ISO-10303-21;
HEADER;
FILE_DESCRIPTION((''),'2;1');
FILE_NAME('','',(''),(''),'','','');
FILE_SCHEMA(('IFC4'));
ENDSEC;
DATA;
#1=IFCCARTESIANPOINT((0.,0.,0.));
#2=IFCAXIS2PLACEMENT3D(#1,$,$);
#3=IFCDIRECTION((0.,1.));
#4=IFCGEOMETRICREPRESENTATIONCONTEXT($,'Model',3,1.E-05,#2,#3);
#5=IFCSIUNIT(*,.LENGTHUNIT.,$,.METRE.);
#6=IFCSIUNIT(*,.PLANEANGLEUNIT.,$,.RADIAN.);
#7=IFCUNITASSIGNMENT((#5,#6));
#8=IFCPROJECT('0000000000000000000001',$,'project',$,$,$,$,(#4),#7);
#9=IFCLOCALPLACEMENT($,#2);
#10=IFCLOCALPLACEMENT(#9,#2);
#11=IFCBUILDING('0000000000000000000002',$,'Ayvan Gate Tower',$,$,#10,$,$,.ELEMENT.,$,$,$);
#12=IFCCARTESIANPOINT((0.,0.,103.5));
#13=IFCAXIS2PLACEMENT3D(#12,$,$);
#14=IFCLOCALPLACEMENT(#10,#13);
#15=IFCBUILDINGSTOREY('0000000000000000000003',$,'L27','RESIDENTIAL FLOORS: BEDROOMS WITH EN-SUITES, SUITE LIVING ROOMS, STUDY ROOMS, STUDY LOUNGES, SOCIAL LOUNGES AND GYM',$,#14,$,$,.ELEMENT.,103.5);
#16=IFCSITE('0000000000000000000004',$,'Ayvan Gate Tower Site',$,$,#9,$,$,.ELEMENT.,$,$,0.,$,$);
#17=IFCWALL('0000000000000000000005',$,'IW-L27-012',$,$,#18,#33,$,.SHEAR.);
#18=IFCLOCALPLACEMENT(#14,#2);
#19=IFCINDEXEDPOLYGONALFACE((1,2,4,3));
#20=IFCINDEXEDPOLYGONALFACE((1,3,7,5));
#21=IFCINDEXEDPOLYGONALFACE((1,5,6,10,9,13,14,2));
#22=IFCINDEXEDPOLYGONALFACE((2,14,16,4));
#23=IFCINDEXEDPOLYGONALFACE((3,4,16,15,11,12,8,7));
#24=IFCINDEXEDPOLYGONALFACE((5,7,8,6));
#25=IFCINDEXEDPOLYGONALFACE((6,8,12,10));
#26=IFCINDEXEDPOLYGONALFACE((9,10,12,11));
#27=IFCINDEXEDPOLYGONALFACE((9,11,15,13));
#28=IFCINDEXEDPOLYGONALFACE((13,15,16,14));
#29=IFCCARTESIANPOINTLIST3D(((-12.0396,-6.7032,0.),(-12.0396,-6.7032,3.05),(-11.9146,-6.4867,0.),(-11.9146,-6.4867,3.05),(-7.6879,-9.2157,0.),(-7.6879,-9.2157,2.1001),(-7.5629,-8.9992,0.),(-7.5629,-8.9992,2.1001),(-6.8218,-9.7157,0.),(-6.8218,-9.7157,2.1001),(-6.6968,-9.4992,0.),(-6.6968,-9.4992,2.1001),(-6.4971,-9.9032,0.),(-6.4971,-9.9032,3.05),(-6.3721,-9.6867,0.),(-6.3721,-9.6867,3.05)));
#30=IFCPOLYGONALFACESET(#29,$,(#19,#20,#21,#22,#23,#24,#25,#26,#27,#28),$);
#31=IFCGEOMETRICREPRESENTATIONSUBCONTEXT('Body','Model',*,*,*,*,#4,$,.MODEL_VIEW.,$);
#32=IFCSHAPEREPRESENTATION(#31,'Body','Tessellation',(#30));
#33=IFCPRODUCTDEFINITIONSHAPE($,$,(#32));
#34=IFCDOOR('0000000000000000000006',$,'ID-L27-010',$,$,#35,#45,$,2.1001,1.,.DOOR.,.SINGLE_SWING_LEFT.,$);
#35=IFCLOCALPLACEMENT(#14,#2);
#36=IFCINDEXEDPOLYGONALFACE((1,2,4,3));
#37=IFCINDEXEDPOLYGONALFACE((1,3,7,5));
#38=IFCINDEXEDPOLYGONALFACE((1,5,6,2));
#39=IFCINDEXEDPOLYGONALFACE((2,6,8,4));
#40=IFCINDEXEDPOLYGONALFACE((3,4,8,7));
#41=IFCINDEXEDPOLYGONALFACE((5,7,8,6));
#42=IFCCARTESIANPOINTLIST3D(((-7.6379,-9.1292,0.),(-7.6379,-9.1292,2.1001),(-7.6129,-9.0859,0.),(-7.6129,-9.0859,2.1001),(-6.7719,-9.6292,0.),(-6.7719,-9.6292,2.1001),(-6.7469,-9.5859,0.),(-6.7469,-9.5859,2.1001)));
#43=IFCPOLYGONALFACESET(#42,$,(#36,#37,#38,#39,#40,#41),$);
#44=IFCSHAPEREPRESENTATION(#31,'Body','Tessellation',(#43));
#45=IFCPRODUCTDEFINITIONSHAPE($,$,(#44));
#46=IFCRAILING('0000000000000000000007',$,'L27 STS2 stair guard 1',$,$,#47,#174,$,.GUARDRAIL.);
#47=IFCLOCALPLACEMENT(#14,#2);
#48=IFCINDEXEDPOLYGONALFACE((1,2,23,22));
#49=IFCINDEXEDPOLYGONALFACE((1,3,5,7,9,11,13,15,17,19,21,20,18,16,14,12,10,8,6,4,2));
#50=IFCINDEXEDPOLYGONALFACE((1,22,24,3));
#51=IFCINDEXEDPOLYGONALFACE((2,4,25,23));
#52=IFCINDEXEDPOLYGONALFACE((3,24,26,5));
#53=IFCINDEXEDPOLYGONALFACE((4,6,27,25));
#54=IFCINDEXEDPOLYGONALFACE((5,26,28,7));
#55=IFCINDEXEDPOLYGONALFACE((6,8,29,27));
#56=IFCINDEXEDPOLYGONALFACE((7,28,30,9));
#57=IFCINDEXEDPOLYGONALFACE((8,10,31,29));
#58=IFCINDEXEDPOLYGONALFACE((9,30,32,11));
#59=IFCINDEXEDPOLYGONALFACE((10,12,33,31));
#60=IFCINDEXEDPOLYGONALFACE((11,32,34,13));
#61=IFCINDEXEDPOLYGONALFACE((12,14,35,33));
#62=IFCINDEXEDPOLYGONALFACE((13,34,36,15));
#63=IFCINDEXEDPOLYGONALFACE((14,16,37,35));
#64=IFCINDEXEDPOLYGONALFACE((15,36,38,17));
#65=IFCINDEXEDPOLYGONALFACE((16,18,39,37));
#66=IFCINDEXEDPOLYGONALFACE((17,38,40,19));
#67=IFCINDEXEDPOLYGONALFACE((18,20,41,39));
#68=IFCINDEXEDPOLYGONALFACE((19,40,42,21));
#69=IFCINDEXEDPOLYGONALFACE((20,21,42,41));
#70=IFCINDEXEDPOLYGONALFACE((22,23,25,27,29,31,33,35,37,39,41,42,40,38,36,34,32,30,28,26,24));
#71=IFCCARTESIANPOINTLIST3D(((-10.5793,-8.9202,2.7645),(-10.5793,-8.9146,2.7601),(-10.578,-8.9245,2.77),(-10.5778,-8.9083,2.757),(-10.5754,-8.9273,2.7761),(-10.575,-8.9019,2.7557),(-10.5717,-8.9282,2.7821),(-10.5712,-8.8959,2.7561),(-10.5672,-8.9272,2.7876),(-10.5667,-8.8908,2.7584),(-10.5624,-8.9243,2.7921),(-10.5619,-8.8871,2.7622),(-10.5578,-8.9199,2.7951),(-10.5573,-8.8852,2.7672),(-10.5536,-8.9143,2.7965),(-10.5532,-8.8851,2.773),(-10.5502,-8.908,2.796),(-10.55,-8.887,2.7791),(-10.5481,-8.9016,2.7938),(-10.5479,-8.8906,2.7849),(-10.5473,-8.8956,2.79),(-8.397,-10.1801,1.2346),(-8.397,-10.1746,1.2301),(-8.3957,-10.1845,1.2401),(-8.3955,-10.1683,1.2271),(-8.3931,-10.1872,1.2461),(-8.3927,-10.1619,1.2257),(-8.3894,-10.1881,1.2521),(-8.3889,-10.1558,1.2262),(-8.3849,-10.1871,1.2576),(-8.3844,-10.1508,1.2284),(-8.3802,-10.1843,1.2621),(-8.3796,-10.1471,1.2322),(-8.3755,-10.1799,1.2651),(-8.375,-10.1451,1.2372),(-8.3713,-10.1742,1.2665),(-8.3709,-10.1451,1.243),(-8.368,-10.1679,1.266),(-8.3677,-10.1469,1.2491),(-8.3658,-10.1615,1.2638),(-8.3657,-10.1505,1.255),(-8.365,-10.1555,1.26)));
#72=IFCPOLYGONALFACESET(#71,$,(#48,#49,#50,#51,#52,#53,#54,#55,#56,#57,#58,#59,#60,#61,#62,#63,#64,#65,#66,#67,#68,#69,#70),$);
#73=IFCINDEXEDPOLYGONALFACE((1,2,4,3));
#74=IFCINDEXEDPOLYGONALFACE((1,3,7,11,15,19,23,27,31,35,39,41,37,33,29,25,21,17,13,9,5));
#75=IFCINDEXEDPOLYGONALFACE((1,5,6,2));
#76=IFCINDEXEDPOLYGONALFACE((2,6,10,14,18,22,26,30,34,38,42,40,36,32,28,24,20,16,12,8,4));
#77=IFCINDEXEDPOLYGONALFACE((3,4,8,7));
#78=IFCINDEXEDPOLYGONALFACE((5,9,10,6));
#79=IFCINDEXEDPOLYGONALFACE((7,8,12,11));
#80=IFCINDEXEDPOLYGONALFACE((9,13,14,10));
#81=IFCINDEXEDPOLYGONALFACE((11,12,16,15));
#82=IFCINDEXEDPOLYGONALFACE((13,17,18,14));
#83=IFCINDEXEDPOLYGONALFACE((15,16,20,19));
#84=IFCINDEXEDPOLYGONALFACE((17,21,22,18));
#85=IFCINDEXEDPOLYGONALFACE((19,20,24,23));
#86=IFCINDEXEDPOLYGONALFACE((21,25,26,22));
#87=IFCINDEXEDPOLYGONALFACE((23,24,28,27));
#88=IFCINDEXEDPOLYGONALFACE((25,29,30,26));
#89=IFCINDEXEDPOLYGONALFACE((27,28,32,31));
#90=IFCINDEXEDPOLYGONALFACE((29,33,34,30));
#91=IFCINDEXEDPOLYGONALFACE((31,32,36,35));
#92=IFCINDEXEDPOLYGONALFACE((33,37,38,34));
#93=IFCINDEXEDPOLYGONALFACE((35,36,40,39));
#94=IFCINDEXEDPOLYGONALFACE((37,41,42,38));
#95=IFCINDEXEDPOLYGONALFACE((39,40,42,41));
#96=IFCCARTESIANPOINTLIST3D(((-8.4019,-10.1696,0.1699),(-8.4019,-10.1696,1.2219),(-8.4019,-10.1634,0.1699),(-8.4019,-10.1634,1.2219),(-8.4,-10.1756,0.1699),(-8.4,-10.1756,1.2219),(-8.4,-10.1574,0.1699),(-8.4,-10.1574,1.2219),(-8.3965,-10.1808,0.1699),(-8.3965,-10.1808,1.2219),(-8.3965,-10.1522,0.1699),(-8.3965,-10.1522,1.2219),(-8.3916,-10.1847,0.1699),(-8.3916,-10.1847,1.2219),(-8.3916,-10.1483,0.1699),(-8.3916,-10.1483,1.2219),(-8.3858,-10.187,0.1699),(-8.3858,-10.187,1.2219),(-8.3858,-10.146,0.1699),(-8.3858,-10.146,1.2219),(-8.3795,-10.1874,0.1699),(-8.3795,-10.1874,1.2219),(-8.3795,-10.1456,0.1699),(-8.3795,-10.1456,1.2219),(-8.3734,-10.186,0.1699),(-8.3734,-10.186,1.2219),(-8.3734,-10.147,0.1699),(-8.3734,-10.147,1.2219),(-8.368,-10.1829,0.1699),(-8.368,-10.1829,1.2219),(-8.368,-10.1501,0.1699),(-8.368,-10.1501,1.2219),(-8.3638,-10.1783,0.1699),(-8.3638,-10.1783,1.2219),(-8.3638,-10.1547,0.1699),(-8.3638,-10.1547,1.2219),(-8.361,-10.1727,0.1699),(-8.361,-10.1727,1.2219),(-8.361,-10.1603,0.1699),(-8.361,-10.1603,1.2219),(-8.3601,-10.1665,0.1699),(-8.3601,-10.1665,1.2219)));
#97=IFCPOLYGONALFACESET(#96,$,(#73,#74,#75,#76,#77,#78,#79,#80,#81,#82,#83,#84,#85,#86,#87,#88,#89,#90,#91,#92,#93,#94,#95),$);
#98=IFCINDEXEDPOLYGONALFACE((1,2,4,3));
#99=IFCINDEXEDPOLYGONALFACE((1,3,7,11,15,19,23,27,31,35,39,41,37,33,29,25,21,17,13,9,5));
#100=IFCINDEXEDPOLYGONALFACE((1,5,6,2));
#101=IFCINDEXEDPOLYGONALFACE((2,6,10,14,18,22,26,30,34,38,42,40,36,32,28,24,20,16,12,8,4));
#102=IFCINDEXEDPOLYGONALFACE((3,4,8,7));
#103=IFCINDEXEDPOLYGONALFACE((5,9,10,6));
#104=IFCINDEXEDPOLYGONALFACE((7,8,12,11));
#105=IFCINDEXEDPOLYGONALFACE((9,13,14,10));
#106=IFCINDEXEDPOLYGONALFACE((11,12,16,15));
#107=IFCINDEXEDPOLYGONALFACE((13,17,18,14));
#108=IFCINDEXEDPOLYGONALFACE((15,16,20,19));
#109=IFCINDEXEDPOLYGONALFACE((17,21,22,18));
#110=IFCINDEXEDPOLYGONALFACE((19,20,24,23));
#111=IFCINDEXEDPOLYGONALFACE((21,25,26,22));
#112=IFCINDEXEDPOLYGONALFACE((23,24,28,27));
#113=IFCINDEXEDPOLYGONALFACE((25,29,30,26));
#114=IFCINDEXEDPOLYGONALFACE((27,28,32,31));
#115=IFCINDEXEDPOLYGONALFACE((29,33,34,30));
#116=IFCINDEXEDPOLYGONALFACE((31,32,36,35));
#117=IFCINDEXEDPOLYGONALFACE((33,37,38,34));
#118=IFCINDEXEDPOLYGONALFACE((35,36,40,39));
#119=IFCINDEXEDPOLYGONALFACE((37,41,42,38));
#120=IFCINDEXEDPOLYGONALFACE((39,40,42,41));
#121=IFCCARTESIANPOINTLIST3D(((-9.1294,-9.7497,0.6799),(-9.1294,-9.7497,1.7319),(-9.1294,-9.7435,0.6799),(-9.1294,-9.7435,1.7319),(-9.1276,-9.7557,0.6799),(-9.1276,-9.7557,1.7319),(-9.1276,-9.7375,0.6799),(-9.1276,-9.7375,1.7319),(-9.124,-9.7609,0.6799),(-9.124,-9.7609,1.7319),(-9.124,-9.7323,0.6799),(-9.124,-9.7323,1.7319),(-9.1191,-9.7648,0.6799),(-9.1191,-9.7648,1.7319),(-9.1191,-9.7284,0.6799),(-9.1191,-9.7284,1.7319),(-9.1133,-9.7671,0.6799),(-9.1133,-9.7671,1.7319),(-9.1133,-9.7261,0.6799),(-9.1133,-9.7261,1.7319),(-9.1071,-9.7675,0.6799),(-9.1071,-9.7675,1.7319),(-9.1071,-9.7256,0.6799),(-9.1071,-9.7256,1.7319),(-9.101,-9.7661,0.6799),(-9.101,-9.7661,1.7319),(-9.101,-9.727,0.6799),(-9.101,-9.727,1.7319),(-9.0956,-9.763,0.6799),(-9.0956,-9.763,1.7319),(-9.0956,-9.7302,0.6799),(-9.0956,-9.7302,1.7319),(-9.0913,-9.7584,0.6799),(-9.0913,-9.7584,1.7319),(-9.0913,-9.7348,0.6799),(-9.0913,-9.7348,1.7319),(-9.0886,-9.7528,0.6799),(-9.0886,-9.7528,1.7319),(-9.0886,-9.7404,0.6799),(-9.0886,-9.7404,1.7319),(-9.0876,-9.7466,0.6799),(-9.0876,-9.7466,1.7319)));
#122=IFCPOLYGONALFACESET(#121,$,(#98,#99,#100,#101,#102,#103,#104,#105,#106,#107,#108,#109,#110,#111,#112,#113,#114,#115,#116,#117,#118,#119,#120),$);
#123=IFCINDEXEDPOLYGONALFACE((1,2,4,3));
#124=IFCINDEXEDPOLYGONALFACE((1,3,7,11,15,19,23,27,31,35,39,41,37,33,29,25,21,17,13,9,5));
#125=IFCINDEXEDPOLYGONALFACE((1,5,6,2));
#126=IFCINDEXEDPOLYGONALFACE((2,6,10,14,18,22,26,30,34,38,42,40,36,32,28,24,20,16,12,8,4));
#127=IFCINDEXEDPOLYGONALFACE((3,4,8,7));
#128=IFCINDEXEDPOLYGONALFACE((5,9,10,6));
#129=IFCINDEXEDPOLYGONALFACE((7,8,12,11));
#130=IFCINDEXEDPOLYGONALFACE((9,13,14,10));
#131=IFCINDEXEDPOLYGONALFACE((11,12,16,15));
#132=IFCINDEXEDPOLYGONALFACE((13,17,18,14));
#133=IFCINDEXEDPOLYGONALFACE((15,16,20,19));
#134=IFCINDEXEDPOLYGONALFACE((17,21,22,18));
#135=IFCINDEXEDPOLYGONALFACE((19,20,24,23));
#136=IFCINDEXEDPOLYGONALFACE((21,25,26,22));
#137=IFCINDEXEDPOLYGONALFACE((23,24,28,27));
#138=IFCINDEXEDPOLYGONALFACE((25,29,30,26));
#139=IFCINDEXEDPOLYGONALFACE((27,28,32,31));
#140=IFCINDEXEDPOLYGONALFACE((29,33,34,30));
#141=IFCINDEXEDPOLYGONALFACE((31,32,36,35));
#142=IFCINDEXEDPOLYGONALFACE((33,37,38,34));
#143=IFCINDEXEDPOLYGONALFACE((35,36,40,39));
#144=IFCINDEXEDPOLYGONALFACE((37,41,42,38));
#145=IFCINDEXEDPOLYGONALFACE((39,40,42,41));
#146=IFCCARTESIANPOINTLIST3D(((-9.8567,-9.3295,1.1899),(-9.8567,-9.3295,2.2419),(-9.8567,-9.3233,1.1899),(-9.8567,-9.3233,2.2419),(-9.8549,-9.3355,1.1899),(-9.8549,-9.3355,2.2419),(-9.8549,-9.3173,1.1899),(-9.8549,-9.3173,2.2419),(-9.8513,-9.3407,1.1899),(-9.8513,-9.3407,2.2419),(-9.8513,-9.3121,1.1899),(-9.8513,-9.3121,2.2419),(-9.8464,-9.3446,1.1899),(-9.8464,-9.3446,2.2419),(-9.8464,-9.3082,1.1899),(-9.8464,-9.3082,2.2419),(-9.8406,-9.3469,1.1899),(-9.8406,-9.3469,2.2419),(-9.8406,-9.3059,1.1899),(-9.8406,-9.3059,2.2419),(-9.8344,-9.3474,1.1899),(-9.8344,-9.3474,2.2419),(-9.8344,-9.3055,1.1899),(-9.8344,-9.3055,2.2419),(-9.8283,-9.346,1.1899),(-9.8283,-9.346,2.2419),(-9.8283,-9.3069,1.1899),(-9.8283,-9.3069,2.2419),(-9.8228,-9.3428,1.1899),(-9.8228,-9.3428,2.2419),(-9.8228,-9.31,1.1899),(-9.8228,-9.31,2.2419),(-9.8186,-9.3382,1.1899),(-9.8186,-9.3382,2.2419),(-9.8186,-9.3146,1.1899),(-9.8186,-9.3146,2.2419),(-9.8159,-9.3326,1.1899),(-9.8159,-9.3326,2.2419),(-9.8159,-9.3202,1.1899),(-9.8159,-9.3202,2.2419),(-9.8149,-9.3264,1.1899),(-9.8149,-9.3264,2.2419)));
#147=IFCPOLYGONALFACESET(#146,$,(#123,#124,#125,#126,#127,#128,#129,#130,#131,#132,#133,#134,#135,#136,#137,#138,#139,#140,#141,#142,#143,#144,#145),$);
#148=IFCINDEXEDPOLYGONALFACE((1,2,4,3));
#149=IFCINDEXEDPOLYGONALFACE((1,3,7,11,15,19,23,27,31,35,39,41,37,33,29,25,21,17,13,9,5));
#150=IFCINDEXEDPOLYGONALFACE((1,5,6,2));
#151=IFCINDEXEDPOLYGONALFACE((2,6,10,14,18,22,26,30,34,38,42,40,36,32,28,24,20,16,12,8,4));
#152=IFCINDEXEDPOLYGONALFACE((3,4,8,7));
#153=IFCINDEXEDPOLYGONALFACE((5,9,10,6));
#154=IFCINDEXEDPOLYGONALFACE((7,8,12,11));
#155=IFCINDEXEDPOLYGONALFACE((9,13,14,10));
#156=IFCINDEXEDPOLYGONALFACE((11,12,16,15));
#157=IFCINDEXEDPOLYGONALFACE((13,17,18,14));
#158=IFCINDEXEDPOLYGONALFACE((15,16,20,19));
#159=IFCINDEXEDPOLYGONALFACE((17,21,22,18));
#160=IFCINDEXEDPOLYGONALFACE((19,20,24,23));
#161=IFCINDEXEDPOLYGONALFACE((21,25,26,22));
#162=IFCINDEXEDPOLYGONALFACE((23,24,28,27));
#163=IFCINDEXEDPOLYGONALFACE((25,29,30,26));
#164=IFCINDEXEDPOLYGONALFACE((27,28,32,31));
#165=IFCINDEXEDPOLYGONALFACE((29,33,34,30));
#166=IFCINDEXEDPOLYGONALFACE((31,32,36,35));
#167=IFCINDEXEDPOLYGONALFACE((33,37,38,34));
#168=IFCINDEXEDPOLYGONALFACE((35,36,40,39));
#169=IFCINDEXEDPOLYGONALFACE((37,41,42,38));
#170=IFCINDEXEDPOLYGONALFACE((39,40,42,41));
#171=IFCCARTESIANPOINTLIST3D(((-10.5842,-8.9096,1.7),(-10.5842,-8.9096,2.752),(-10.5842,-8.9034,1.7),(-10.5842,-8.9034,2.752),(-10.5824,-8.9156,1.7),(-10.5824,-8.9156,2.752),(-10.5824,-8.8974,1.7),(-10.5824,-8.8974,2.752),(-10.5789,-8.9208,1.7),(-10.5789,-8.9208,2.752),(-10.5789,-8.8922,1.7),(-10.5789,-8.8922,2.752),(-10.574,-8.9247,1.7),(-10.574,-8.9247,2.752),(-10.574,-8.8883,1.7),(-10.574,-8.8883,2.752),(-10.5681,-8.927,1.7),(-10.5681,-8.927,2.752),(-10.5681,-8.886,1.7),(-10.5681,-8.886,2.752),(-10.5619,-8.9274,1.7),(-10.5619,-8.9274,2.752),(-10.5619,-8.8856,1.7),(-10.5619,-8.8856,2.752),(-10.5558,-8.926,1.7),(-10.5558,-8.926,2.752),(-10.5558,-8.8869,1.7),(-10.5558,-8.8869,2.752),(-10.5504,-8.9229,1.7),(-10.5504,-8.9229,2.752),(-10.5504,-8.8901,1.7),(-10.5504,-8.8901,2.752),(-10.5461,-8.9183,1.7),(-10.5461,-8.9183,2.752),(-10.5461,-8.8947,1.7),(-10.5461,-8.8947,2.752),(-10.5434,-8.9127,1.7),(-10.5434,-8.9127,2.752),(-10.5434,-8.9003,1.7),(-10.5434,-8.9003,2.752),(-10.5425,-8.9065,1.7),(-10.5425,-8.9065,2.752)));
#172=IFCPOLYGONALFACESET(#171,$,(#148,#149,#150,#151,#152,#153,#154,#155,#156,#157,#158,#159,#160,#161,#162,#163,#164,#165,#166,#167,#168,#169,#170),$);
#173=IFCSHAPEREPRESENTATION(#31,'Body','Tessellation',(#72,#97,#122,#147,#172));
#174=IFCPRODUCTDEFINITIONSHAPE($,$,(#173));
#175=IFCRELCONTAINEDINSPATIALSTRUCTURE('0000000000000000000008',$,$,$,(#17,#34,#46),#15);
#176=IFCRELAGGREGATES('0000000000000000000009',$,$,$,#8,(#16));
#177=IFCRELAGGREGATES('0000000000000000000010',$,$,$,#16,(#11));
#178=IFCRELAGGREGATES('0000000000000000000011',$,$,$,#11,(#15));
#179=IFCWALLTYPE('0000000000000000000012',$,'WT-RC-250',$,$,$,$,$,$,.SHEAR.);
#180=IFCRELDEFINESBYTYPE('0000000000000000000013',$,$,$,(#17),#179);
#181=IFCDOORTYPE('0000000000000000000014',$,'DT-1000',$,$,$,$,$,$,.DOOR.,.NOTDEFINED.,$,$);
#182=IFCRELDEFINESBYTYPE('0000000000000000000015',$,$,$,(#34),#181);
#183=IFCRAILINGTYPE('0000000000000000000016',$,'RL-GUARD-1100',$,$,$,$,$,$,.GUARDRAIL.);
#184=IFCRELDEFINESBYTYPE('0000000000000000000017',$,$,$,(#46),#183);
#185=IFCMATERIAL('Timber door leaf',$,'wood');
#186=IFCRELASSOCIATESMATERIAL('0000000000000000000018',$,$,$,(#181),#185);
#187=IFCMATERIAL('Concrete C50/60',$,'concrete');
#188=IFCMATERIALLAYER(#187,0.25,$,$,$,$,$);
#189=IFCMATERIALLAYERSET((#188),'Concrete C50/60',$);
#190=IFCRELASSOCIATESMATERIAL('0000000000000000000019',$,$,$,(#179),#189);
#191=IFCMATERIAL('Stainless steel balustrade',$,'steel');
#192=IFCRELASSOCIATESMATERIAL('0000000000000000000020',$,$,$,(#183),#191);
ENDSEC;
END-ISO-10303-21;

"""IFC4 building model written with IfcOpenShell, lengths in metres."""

from ifc_helpers import new_model, si_unit, direction, frame, frame_2d, origin, origin_2d, place, context, subcontext, project, spatial, rectangle, circle, extrude, material, layer, layer_set, type_object, element, fill, save


model = new_model("IFC4")

# Units and contexts
model_context = context("Model", 3, precision=1e-05, world=origin(), true_north=direction((0.0, 1.0)))
body_context = subcontext(model_context, "Body", "Model", "MODEL_VIEW")
ifc_project = project(units=[si_unit("LENGTHUNIT", "METRE"), si_unit("PLANEANGLEUNIT", "RADIAN")], contexts=[model_context])

# Site, building, storey
site_placement = place(None, origin())
site = spatial("IfcSite", under=ifc_project, at=site_placement, Name="Ayvan Gate Tower Site", CompositionType="ELEMENT", RefElevation=0.0)
building_placement = place(site_placement, origin())
building = spatial("IfcBuilding", under=site, at=building_placement, Name="Ayvan Gate Tower", CompositionType="ELEMENT")
storey_placement = place(building_placement, frame((0.0, 0.0, 103.5)))
storey = spatial("IfcBuildingStorey", under=building, at=storey_placement, Name="L27", Description="RESIDENTIAL FLOORS: BEDROOMS WITH EN-SUITES, SUITE LIVING ROOMS, STUDY ROOMS, STUDY LOUNGES, SOCIAL LOUNGES AND GYM", CompositionType="ELEMENT", Elevation=103.5)

# Shared definitions
ifc_material_1 = material(Name="Timber door leaf", Category="wood")

# Shared definitions
door_type_1 = type_object("IfcDoorType", Name="DT-1000", OperationType="NOTDEFINED", PredefinedType="DOOR", material=ifc_material_1)

# Shared definitions
ifc_material_2 = material(Name="Concrete C50/60", Category="concrete")
ifc_layer_1 = layer(ifc_material_2, 0.25)
ifc_layer_set_1 = layer_set([ifc_layer_1], Name="Concrete C50/60")
wall_type_1 = type_object("IfcWallType", Name="WT-RC-250", PredefinedType="SHEAR", material=ifc_layer_set_1)

# Wall, opening, door
wall_1_placement = place(storey_placement, frame((-11.9771, -6.595, 0.0), z_axis=(0.0, 0.0, 1.0), x_axis=(0.866025, -0.5, 0.0)))
wall_1 = element("IfcWall", 1, at=wall_1_placement, inside=storey, type_object=wall_type_1, Name="IW-L27-012", PredefinedType="SHEAR", context=body_context, shape_type="SweptSolid", body=[
    extrude(rectangle(XDim=6.3999, YDim=0.25, at=frame_2d((3.2, 0.0))), origin(), (0.0, 0.0, 1.0), 3.05),
])
opening_1_placement = place(wall_1_placement, frame((5.0249, 0.0, 0.0)))
opening_1 = element("IfcOpeningElement", 2, at=opening_1_placement, cuts=wall_1, PredefinedType="OPENING", context=body_context, shape_type="SweptSolid", body=[
    extrude(rectangle(XDim=1.0, YDim=2.1001, at=frame_2d((0.5, 1.05))), frame((0.0, 0.135, 0.0), z_axis=(0.0, -1.0, 0.0), x_axis=(1.0, 0.0, 0.0)), (0.0, 0.0, 1.0), 0.27),
])
door_1_placement = place(opening_1_placement, origin())
door_1 = element("IfcDoor", 3, at=door_1_placement, inside=storey, type_object=door_type_1, Name="ID-L27-010", OperationType="SINGLE_SWING_LEFT", OverallHeight=2.1001, OverallWidth=1.0, PredefinedType="DOOR", context=body_context, shape_type="SweptSolid", body=[
    extrude(rectangle(XDim=1.0, YDim=2.1001, at=frame_2d((0.5, 1.05))), frame((0.0, 0.0249, 0.0), z_axis=(0.0, -1.0, 0.0), x_axis=(1.0, 0.0, 0.0)), (0.0, 0.0, 1.0), 0.05),
])
fill(opening_1, door_1)

# Railing
ifc_material_3 = material(Name="Stainless steel balustrade", Category="steel")
railing_type_1 = type_object("IfcRailingType", Name="RL-GUARD-1100", PredefinedType="GUARDRAIL", material=ifc_material_3)
railing_1_placement = place(storey_placement, frame((-8.3811, -10.1665, 0.1699)))
element("IfcRailing", 4, at=railing_1_placement, inside=storey, type_object=railing_type_1, Name="L27 STS2 stair guard 1", PredefinedType="GUARDRAIL", context=body_context, shape_type="SweptSolid", body=[
    extrude(circle(Radius=0.0239, at=origin_2d()), frame((0.0, 0.0, 1.0762), z_axis=(-0.740261, 0.427395, 0.518986), x_axis=(-0.500005, -0.866023, 0.0)), (0.0, 0.0, 1.0), 2.948),
    extrude(circle(Radius=0.021, at=origin_2d()), origin(), (0.0, 0.0, 1.0), 1.052),
    extrude(circle(Radius=0.021, at=origin_2d()), frame((-0.7275, 0.4199, 0.51)), (0.0, 0.0, 1.0), 1.052),
    extrude(circle(Radius=0.021, at=origin_2d()), frame((-1.4548, 0.8401, 1.02)), (0.0, 0.0, 1.0), 1.052),
    extrude(circle(Radius=0.021, at=origin_2d()), frame((-2.1824, 1.26, 1.53)), (0.0, 0.0, 1.0), 1.052),
])

save(model, "model.ifc")
